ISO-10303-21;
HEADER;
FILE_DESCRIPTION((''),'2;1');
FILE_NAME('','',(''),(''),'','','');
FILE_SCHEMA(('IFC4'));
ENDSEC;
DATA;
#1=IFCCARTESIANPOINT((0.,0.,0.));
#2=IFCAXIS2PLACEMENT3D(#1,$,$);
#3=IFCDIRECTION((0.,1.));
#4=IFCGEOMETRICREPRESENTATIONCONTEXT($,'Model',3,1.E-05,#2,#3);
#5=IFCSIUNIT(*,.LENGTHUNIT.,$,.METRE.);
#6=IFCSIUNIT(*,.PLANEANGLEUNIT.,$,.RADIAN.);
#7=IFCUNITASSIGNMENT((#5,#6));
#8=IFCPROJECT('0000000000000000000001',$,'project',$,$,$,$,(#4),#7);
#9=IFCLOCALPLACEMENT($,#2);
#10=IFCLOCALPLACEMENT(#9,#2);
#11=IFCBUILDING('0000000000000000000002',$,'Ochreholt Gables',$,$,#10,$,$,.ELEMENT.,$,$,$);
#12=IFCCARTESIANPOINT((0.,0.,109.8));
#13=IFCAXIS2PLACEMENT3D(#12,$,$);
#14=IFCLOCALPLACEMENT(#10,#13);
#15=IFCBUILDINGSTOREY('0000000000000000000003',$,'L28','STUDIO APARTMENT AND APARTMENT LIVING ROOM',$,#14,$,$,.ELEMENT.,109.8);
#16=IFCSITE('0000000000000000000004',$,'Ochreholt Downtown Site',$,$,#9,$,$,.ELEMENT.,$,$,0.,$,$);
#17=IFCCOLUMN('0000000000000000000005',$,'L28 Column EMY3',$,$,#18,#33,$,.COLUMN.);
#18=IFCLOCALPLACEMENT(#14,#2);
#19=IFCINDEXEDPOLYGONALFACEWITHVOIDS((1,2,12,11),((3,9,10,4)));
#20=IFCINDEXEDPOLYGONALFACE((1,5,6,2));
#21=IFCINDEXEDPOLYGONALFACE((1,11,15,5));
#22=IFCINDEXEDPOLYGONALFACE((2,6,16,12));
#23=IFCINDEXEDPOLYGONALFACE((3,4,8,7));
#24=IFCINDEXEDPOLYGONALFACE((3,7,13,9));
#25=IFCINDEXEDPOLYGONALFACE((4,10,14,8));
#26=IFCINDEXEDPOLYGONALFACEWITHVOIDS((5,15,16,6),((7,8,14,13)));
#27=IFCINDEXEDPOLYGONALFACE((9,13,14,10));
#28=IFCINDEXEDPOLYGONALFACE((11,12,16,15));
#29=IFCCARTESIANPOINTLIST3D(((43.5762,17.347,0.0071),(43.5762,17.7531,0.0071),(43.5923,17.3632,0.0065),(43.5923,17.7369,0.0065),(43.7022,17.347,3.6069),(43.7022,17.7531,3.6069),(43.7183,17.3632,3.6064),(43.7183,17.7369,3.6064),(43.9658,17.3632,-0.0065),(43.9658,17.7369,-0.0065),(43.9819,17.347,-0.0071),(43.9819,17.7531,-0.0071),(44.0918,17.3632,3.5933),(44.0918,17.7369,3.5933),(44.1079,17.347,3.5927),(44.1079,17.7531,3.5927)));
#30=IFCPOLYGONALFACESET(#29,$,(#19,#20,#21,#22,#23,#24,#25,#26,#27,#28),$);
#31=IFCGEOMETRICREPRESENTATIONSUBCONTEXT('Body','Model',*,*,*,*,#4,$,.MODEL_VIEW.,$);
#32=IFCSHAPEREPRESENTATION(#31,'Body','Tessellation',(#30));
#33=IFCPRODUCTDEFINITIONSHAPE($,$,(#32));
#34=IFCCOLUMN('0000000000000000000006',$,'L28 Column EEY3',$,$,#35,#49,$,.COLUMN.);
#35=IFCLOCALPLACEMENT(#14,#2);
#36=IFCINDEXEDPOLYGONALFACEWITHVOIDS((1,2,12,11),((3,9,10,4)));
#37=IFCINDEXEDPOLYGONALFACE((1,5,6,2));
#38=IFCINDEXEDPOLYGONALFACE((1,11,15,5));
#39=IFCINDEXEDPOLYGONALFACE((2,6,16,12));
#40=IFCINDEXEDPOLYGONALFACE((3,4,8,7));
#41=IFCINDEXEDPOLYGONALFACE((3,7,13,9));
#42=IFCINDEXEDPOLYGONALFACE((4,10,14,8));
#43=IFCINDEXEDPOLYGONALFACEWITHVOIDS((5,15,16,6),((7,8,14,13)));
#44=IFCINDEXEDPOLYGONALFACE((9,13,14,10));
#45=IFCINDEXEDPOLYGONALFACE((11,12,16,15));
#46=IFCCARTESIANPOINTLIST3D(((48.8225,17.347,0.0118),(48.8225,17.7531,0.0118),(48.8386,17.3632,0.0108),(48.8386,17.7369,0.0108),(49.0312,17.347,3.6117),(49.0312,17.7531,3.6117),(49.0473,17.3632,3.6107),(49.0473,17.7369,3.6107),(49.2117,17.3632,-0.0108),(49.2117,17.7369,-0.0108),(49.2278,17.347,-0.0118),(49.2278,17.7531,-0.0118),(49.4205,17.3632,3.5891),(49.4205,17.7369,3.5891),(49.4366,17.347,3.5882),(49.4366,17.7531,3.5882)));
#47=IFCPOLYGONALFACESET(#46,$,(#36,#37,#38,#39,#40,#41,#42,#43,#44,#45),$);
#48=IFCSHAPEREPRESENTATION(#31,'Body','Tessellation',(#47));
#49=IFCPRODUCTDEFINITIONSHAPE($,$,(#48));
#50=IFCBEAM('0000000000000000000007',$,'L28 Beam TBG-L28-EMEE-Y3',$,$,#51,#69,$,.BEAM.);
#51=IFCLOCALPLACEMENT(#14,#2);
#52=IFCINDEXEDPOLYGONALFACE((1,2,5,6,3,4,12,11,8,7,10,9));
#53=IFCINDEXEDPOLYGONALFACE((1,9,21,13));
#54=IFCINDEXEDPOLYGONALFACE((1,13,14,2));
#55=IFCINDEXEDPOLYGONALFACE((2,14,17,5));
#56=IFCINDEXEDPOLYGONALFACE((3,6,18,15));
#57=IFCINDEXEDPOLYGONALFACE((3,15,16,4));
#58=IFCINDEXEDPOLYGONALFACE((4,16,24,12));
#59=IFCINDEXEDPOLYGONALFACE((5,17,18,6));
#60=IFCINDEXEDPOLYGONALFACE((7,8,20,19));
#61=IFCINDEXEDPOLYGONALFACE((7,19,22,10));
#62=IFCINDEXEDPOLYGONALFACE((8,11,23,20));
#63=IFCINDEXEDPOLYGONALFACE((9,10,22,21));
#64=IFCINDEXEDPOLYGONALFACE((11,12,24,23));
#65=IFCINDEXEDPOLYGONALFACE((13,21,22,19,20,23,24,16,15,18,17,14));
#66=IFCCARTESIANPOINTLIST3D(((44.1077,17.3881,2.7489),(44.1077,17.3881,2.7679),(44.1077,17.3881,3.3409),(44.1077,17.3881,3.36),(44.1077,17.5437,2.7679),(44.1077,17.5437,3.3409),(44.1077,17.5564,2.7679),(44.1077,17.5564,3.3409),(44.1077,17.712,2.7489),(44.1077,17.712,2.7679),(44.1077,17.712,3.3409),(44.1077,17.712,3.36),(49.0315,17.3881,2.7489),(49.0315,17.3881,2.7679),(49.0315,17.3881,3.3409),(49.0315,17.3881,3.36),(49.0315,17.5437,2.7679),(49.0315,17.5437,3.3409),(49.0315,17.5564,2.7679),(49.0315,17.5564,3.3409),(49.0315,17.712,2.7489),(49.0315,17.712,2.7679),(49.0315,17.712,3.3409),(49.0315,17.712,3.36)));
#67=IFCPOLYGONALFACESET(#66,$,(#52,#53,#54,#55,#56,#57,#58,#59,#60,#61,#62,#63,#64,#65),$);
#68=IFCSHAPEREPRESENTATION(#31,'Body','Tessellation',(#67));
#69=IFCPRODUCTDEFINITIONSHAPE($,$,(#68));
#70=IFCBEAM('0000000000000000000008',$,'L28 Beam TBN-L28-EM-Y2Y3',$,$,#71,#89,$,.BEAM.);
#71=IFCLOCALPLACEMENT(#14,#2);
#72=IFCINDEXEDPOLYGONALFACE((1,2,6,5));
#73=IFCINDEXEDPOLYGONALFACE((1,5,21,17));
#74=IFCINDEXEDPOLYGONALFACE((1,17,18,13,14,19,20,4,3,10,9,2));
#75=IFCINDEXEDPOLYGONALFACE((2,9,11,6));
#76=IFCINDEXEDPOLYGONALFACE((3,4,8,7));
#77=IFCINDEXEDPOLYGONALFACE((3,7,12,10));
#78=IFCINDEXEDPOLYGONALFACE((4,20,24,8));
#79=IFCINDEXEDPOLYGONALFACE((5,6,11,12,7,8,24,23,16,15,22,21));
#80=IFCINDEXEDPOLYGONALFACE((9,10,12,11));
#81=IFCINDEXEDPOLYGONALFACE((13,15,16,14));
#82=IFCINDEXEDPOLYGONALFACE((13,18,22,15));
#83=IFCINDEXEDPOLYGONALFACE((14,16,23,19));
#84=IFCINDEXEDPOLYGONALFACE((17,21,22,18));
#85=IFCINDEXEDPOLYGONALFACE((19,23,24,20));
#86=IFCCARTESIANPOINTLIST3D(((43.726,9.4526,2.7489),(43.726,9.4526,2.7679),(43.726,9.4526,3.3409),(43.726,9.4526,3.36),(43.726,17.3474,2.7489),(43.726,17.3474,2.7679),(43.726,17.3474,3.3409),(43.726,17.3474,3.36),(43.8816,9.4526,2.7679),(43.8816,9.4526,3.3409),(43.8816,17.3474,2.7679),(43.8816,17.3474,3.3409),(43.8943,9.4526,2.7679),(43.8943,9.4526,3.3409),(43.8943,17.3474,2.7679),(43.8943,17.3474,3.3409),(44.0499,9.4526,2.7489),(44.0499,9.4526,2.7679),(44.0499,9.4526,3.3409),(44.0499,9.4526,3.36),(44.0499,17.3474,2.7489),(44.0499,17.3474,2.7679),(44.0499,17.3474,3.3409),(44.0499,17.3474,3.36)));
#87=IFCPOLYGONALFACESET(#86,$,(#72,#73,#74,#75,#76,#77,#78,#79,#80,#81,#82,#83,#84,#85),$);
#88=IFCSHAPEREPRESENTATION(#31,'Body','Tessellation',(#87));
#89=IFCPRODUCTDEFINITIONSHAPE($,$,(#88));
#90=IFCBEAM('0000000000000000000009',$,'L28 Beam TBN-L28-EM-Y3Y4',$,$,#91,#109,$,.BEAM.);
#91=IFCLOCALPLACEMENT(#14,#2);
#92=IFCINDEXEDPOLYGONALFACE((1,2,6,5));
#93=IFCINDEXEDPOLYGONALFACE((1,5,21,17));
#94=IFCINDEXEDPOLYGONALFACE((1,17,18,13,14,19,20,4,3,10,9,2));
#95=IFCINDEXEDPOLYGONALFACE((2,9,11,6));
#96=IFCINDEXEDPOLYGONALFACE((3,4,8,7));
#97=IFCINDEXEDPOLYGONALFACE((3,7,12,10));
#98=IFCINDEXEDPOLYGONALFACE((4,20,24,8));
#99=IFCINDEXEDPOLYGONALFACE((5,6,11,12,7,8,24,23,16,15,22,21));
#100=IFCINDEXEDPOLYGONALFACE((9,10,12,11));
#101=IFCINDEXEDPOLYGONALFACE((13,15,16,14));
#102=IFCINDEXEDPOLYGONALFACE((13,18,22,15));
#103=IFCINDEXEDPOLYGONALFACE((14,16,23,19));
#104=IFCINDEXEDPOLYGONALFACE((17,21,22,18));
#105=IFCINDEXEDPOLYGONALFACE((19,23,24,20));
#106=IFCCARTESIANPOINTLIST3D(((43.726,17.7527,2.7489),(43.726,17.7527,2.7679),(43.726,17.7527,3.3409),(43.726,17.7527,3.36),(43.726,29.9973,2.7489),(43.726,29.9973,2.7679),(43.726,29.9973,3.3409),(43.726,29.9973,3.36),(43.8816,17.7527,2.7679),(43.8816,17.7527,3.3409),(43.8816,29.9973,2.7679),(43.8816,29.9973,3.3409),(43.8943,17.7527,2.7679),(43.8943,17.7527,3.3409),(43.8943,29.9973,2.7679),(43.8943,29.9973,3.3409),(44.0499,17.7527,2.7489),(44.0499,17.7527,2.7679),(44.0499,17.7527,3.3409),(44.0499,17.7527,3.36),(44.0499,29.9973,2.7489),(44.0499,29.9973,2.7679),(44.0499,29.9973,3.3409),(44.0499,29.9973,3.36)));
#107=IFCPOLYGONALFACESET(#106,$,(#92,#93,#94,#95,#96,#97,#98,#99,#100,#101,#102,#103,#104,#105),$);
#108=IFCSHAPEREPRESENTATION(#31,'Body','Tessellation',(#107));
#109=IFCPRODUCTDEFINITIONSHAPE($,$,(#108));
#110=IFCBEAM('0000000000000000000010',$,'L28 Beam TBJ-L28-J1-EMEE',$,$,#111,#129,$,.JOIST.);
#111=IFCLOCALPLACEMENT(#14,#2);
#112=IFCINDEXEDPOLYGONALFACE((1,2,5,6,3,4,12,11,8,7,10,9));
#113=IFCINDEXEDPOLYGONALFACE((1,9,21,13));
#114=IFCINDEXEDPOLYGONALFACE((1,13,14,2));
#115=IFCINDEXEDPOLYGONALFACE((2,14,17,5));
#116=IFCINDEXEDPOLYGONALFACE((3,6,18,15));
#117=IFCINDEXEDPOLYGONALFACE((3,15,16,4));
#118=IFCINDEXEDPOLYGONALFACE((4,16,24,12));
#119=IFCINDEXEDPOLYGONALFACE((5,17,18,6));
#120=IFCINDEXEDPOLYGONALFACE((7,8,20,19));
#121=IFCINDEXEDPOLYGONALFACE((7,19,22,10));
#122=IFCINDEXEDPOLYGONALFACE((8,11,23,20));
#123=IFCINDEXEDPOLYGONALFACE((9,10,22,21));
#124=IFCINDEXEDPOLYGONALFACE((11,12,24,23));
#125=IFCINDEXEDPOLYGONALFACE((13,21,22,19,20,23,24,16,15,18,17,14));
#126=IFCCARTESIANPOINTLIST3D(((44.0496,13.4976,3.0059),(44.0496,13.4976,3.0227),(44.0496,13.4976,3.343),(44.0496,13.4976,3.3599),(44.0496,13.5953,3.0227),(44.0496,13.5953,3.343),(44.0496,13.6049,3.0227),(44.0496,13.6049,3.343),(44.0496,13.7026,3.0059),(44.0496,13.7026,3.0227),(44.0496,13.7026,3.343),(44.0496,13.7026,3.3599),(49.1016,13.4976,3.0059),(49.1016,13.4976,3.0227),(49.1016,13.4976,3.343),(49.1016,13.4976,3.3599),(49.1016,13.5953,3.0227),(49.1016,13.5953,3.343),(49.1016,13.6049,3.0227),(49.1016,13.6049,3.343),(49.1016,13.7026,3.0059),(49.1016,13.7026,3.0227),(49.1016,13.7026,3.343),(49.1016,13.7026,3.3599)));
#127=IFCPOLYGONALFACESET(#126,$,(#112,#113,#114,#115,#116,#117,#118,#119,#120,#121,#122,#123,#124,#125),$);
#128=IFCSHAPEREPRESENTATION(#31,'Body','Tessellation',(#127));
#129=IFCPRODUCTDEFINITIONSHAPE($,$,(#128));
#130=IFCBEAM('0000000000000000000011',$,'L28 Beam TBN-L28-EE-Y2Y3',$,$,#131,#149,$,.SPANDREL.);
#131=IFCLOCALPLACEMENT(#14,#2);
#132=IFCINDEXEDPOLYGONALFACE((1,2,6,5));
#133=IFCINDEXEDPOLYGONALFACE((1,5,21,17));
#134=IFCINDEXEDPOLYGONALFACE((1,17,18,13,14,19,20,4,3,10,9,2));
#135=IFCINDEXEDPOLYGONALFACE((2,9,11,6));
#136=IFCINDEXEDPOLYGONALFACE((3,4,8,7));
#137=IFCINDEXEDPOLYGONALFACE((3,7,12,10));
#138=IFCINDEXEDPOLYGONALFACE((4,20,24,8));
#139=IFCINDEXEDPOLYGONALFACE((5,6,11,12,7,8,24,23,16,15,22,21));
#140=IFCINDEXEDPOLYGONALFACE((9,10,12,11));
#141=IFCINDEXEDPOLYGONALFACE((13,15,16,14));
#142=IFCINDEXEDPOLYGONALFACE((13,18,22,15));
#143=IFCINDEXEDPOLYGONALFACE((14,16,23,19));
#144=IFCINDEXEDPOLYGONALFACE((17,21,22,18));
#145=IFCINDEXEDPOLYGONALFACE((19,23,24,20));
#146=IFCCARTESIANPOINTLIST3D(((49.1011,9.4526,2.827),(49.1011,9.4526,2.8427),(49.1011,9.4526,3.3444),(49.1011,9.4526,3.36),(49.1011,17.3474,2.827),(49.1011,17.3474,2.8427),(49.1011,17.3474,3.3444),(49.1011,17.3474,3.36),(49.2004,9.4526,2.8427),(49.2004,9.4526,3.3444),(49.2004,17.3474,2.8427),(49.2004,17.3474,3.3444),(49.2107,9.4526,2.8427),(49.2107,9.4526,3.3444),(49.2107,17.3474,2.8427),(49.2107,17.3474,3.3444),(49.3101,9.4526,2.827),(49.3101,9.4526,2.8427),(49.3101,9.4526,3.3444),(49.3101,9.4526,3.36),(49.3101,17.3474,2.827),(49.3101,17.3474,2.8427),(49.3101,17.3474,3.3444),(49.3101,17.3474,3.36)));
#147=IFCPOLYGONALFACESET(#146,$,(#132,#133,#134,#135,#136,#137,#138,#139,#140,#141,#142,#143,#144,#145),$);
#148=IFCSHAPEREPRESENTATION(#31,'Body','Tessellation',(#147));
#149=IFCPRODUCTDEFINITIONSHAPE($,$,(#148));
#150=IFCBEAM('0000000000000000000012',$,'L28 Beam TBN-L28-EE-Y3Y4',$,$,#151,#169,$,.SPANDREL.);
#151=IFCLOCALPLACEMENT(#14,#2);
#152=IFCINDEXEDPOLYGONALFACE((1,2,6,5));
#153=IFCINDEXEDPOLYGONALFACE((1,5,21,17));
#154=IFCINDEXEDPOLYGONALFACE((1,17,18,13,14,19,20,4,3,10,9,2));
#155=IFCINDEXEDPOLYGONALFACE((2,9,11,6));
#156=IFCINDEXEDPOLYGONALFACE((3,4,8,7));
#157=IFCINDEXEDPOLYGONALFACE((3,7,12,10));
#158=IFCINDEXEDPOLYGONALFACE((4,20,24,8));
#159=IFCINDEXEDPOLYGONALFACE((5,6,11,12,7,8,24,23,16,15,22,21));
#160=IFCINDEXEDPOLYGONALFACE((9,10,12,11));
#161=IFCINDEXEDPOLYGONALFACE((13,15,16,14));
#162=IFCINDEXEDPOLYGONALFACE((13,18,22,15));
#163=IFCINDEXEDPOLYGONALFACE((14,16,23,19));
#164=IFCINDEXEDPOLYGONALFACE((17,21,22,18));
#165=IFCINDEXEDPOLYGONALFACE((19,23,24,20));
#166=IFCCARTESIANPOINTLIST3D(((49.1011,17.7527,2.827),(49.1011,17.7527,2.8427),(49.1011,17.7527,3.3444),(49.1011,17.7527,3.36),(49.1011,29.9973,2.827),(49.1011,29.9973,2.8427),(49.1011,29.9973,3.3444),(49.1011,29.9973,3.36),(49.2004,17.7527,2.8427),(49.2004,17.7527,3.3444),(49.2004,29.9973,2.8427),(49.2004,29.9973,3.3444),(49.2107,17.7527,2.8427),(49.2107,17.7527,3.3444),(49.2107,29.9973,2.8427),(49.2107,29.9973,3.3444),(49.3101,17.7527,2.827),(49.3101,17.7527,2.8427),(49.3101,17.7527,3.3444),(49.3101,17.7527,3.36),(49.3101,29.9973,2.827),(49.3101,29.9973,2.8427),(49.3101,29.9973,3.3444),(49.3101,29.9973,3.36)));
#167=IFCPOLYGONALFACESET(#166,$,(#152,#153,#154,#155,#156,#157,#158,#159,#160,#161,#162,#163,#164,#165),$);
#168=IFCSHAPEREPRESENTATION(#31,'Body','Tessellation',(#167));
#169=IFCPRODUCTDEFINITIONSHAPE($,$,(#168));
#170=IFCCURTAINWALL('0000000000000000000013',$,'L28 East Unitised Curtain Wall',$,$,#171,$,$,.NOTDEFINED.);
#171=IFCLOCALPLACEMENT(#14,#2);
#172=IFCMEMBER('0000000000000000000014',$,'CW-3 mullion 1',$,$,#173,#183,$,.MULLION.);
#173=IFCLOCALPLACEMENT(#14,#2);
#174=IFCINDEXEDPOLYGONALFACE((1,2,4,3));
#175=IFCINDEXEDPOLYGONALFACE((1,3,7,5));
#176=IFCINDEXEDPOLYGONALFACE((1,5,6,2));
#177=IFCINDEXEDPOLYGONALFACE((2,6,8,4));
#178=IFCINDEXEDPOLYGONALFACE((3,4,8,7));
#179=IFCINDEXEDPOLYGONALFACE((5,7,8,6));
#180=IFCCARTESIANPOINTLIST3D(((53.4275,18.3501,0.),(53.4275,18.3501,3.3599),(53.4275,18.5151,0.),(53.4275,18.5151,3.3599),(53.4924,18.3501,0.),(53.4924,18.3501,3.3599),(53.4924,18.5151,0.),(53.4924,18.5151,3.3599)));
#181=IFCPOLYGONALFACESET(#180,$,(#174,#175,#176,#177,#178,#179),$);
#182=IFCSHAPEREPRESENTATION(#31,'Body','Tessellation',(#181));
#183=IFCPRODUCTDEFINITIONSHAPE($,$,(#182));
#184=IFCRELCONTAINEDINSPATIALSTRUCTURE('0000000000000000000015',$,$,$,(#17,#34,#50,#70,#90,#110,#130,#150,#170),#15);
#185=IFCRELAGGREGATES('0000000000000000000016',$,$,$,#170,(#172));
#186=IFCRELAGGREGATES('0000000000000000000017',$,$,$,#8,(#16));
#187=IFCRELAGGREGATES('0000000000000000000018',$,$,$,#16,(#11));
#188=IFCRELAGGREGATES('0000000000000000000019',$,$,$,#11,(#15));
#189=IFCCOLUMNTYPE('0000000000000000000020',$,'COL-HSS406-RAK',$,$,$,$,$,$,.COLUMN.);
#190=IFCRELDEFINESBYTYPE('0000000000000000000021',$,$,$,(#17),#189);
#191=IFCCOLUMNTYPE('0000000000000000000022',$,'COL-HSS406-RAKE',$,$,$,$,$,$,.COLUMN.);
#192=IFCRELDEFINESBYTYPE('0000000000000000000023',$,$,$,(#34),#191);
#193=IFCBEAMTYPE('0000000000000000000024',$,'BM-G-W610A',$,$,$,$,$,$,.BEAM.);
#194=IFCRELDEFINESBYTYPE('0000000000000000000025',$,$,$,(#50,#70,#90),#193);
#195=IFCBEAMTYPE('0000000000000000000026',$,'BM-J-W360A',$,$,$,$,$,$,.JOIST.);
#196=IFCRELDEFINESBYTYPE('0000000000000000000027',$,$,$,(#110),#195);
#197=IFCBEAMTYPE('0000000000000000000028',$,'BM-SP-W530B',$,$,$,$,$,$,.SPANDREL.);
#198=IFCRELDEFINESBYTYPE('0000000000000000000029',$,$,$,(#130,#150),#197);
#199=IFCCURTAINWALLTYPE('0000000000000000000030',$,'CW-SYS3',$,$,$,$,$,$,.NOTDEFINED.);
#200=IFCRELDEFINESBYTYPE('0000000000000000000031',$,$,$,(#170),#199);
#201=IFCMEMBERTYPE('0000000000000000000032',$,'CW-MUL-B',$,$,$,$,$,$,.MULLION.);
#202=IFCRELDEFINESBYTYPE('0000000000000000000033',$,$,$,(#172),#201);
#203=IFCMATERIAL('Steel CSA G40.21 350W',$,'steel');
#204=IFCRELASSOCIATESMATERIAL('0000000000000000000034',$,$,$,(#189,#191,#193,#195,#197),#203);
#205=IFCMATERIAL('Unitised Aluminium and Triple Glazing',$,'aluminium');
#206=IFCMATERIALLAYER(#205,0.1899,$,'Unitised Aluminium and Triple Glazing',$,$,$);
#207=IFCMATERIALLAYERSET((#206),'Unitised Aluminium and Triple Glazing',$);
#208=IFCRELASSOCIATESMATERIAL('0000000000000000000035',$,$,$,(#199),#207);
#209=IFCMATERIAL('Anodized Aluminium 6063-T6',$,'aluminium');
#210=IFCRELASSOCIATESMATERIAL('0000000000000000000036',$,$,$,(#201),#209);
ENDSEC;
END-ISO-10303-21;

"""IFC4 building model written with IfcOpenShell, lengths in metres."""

from ifc_helpers import new_model, si_unit, direction, frame, origin, origin_2d, place, context, subcontext, project, spatial, rectangle, hollow_rectangle, i_section, extrude, material, layer, layer_set, material_profile, profile_set, type_object, element, aggregate, save


model = new_model("IFC4")

# Units and contexts
model_context = context("Model", 3, precision=1e-05, world=origin(), true_north=direction((0.0, 1.0)))
body_context = subcontext(model_context, "Body", "Model", "MODEL_VIEW")
ifc_project = project(units=[si_unit("LENGTHUNIT", "METRE"), si_unit("PLANEANGLEUNIT", "RADIAN")], contexts=[model_context])

# Site, building, storey
site_placement = place(None, origin())
site = spatial("IfcSite", under=ifc_project, at=site_placement, Name="Ochreholt Downtown Site", CompositionType="ELEMENT", RefElevation=0.0)
building_placement = place(site_placement, origin())
building = spatial("IfcBuilding", under=site, at=building_placement, Name="Ochreholt Gables", CompositionType="ELEMENT")
storey_placement = place(building_placement, frame((0.0, 0.0, 109.8)))
storey = spatial("IfcBuildingStorey", under=building, at=storey_placement, Name="L28", Description="STUDIO APARTMENT AND APARTMENT LIVING ROOM", CompositionType="ELEMENT", Elevation=109.8)

# Columns
ifc_material_1 = material(Name="Steel CSA G40.21 350W", Category="steel")
ifc_material_profile_1 = material_profile(ifc_material_1, hollow_rectangle(XDim=0.406, YDim=0.406, WallThickness=0.0161, at=origin_2d()), Name="HSS406X406X16")
ifc_profile_set_1 = profile_set([ifc_material_profile_1], Name="Steel CSA G40.21 350W")
column_type_1 = type_object("IfcColumnType", Name="COL-HSS406-RAK", PredefinedType="COLUMN", material=ifc_profile_set_1)
column_1_placement = place(storey_placement, frame((43.7791, 17.55, 0.0), z_axis=(0.034974, 0.0, 0.999388), x_axis=(0.0, 1.0, 0.0)))
element("IfcColumn", 1, at=column_1_placement, inside=storey, type_object=column_type_1, Name="L28 Column EMY3", PredefinedType="COLUMN", context=body_context, shape_type="SweptSolid", body=[
    extrude(hollow_rectangle(XDim=0.406, YDim=0.406, WallThickness=0.0161, at=origin_2d()), origin(), (0.0, 0.0, 1.0), 3.6021),
])
ifc_material_profile_2 = material_profile(ifc_material_1, hollow_rectangle(XDim=0.406, YDim=0.406, WallThickness=0.0161, at=origin_2d()), Name="HSS406X406X16")
ifc_profile_set_2 = profile_set([ifc_material_profile_2], Name="Steel CSA G40.21 350W")
column_type_2 = type_object("IfcColumnType", Name="COL-HSS406-RAKE", PredefinedType="COLUMN", material=ifc_profile_set_2)
column_2_placement = place(storey_placement, frame((49.0251, 17.55, 0.0), z_axis=(0.057889, 0.0, 0.998323), x_axis=(0.0, 1.0, 0.0)))
element("IfcColumn", 2, at=column_2_placement, inside=storey, type_object=column_type_2, Name="L28 Column EEY3", PredefinedType="COLUMN", context=body_context, shape_type="SweptSolid", body=[
    extrude(hollow_rectangle(XDim=0.406, YDim=0.406, WallThickness=0.0161, at=origin_2d()), origin(), (0.0, 0.0, 1.0), 3.606),
])

# Beams
ifc_material_profile_3 = material_profile(ifc_material_1, i_section(OverallWidth=0.324, OverallDepth=0.6111, WebThickness=0.0127, FlangeThickness=0.019, at=origin_2d()), Name="W610X155")
ifc_profile_set_3 = profile_set([ifc_material_profile_3], Name="Steel CSA G40.21 350W")
beam_type_1 = type_object("IfcBeamType", Name="BM-G-W610A", PredefinedType="BEAM", material=ifc_profile_set_3)
beam_1_placement = place(storey_placement, frame((44.1077, 17.55, 3.0544), z_axis=(1.0, 0.0, 0.0), x_axis=(0.0, 1.0, 0.0)))
element("IfcBeam", 3, at=beam_1_placement, inside=storey, type_object=beam_type_1, Name="L28 Beam TBG-L28-EMEE-Y3", PredefinedType="BEAM", context=body_context, shape_type="SweptSolid", body=[
    extrude(i_section(OverallWidth=0.324, OverallDepth=0.6111, WebThickness=0.0127, FlangeThickness=0.019, at=origin_2d()), origin(), (0.0, 0.0, 1.0), 4.9238),
])
beam_2_placement = place(storey_placement, frame((43.8879, 9.4526, 3.0544), z_axis=(0.0, 1.0, 0.0), x_axis=(-1.0, 0.0, 0.0)))
element("IfcBeam", 4, at=beam_2_placement, inside=storey, type_object=beam_type_1, Name="L28 Beam TBN-L28-EM-Y2Y3", PredefinedType="BEAM", context=body_context, shape_type="SweptSolid", body=[
    extrude(i_section(OverallWidth=0.324, OverallDepth=0.6111, WebThickness=0.0127, FlangeThickness=0.019, at=origin_2d()), origin(), (0.0, 0.0, 1.0), 7.8948),
])
beam_3_placement = place(storey_placement, frame((43.8879, 17.7527, 3.0544), z_axis=(0.0, 1.0, 0.0), x_axis=(-1.0, 0.0, 0.0)))
element("IfcBeam", 5, at=beam_3_placement, inside=storey, type_object=beam_type_1, Name="L28 Beam TBN-L28-EM-Y3Y4", PredefinedType="BEAM", context=body_context, shape_type="SweptSolid", body=[
    extrude(i_section(OverallWidth=0.324, OverallDepth=0.6111, WebThickness=0.0127, FlangeThickness=0.019, at=origin_2d()), origin(), (0.0, 0.0, 1.0), 12.2446),
])
ifc_material_profile_4 = material_profile(ifc_material_1, i_section(OverallWidth=0.2051, OverallDepth=0.354, WebThickness=0.0095, FlangeThickness=0.0168, at=origin_2d()), Name="W360X79")
ifc_profile_set_4 = profile_set([ifc_material_profile_4], Name="Steel CSA G40.21 350W")
beam_type_2 = type_object("IfcBeamType", Name="BM-J-W360A", PredefinedType="JOIST", material=ifc_profile_set_4)
beam_4_placement = place(storey_placement, frame((44.0496, 13.6001, 3.1829), z_axis=(1.0, 0.0, 0.0), x_axis=(0.0, 1.0, 0.0)))
element("IfcBeam", 6, at=beam_4_placement, inside=storey, type_object=beam_type_2, Name="L28 Beam TBJ-L28-J1-EMEE", PredefinedType="JOIST", context=body_context, shape_type="SweptSolid", body=[
    extrude(i_section(OverallWidth=0.2051, OverallDepth=0.354, WebThickness=0.0095, FlangeThickness=0.0168, at=origin_2d()), origin(), (0.0, 0.0, 1.0), 5.052),
])
ifc_material_profile_5 = material_profile(ifc_material_1, i_section(OverallWidth=0.209, OverallDepth=0.533, WebThickness=0.0103, FlangeThickness=0.0156, at=origin_2d()), Name="W530X92")
ifc_profile_set_5 = profile_set([ifc_material_profile_5], Name="Steel CSA G40.21 350W")
beam_type_3 = type_object("IfcBeamType", Name="BM-SP-W530B", PredefinedType="SPANDREL", material=ifc_profile_set_5)
beam_5_placement = place(storey_placement, frame((49.2056, 9.4526, 3.0935), z_axis=(0.0, 1.0, 0.0), x_axis=(-1.0, 0.0, 0.0)))
element("IfcBeam", 7, at=beam_5_placement, inside=storey, type_object=beam_type_3, Name="L28 Beam TBN-L28-EE-Y2Y3", PredefinedType="SPANDREL", context=body_context, shape_type="SweptSolid", body=[
    extrude(i_section(OverallWidth=0.209, OverallDepth=0.533, WebThickness=0.0103, FlangeThickness=0.0156, at=origin_2d()), origin(), (0.0, 0.0, 1.0), 7.8948),
])
beam_6_placement = place(storey_placement, frame((49.2056, 17.7527, 3.0935), z_axis=(0.0, 1.0, 0.0), x_axis=(-1.0, 0.0, 0.0)))
element("IfcBeam", 8, at=beam_6_placement, inside=storey, type_object=beam_type_3, Name="L28 Beam TBN-L28-EE-Y3Y4", PredefinedType="SPANDREL", context=body_context, shape_type="SweptSolid", body=[
    extrude(i_section(OverallWidth=0.209, OverallDepth=0.533, WebThickness=0.0103, FlangeThickness=0.0156, at=origin_2d()), origin(), (0.0, 0.0, 1.0), 12.2446),
])

# Curtain wall, member
ifc_material_2 = material(Name="Unitised Aluminium and Triple Glazing", Category="aluminium")
ifc_layer_1 = layer(ifc_material_2, 0.1899, Name="Unitised Aluminium and Triple Glazing")
ifc_layer_set_1 = layer_set([ifc_layer_1], Name="Unitised Aluminium and Triple Glazing")
curtain_wall_type = type_object("IfcCurtainWallType", Name="CW-SYS3", PredefinedType="NOTDEFINED", material=ifc_layer_set_1)
curtain_wall_placement = place(storey_placement, origin())
curtain_wall = element("IfcCurtainWall", 9, at=curtain_wall_placement, inside=storey, type_object=curtain_wall_type, Name="L28 East Unitised Curtain Wall", PredefinedType="NOTDEFINED")
ifc_material_3 = material(Name="Anodized Aluminium 6063-T6", Category="aluminium")
ifc_material_profile_6 = material_profile(ifc_material_3, rectangle(XDim=0.0649, YDim=0.165, at=origin_2d()), Name="CWM65X165")
ifc_profile_set_6 = profile_set([ifc_material_profile_6], Name="Anodized Aluminium 6063-T6")
member_type_1 = type_object("IfcMemberType", Name="CW-MUL-B", PredefinedType="MULLION", material=ifc_profile_set_6)
member_1_placement = place(storey_placement, frame((53.46, 18.4326, 0.0), z_axis=(0.0, 0.0, 1.0), x_axis=(-1.0, 0.0, 0.0)))
member_1 = element("IfcMember", 10, at=member_1_placement, type_object=member_type_1, Name="CW-3 mullion 1", PredefinedType="MULLION", context=body_context, shape_type="SweptSolid", body=[
    extrude(rectangle(XDim=0.0649, YDim=0.165, at=origin_2d()), origin(), (0.0, 0.0, 1.0), 3.3599),
])
aggregate(curtain_wall, [member_1])

save(model, "model.ifc")
